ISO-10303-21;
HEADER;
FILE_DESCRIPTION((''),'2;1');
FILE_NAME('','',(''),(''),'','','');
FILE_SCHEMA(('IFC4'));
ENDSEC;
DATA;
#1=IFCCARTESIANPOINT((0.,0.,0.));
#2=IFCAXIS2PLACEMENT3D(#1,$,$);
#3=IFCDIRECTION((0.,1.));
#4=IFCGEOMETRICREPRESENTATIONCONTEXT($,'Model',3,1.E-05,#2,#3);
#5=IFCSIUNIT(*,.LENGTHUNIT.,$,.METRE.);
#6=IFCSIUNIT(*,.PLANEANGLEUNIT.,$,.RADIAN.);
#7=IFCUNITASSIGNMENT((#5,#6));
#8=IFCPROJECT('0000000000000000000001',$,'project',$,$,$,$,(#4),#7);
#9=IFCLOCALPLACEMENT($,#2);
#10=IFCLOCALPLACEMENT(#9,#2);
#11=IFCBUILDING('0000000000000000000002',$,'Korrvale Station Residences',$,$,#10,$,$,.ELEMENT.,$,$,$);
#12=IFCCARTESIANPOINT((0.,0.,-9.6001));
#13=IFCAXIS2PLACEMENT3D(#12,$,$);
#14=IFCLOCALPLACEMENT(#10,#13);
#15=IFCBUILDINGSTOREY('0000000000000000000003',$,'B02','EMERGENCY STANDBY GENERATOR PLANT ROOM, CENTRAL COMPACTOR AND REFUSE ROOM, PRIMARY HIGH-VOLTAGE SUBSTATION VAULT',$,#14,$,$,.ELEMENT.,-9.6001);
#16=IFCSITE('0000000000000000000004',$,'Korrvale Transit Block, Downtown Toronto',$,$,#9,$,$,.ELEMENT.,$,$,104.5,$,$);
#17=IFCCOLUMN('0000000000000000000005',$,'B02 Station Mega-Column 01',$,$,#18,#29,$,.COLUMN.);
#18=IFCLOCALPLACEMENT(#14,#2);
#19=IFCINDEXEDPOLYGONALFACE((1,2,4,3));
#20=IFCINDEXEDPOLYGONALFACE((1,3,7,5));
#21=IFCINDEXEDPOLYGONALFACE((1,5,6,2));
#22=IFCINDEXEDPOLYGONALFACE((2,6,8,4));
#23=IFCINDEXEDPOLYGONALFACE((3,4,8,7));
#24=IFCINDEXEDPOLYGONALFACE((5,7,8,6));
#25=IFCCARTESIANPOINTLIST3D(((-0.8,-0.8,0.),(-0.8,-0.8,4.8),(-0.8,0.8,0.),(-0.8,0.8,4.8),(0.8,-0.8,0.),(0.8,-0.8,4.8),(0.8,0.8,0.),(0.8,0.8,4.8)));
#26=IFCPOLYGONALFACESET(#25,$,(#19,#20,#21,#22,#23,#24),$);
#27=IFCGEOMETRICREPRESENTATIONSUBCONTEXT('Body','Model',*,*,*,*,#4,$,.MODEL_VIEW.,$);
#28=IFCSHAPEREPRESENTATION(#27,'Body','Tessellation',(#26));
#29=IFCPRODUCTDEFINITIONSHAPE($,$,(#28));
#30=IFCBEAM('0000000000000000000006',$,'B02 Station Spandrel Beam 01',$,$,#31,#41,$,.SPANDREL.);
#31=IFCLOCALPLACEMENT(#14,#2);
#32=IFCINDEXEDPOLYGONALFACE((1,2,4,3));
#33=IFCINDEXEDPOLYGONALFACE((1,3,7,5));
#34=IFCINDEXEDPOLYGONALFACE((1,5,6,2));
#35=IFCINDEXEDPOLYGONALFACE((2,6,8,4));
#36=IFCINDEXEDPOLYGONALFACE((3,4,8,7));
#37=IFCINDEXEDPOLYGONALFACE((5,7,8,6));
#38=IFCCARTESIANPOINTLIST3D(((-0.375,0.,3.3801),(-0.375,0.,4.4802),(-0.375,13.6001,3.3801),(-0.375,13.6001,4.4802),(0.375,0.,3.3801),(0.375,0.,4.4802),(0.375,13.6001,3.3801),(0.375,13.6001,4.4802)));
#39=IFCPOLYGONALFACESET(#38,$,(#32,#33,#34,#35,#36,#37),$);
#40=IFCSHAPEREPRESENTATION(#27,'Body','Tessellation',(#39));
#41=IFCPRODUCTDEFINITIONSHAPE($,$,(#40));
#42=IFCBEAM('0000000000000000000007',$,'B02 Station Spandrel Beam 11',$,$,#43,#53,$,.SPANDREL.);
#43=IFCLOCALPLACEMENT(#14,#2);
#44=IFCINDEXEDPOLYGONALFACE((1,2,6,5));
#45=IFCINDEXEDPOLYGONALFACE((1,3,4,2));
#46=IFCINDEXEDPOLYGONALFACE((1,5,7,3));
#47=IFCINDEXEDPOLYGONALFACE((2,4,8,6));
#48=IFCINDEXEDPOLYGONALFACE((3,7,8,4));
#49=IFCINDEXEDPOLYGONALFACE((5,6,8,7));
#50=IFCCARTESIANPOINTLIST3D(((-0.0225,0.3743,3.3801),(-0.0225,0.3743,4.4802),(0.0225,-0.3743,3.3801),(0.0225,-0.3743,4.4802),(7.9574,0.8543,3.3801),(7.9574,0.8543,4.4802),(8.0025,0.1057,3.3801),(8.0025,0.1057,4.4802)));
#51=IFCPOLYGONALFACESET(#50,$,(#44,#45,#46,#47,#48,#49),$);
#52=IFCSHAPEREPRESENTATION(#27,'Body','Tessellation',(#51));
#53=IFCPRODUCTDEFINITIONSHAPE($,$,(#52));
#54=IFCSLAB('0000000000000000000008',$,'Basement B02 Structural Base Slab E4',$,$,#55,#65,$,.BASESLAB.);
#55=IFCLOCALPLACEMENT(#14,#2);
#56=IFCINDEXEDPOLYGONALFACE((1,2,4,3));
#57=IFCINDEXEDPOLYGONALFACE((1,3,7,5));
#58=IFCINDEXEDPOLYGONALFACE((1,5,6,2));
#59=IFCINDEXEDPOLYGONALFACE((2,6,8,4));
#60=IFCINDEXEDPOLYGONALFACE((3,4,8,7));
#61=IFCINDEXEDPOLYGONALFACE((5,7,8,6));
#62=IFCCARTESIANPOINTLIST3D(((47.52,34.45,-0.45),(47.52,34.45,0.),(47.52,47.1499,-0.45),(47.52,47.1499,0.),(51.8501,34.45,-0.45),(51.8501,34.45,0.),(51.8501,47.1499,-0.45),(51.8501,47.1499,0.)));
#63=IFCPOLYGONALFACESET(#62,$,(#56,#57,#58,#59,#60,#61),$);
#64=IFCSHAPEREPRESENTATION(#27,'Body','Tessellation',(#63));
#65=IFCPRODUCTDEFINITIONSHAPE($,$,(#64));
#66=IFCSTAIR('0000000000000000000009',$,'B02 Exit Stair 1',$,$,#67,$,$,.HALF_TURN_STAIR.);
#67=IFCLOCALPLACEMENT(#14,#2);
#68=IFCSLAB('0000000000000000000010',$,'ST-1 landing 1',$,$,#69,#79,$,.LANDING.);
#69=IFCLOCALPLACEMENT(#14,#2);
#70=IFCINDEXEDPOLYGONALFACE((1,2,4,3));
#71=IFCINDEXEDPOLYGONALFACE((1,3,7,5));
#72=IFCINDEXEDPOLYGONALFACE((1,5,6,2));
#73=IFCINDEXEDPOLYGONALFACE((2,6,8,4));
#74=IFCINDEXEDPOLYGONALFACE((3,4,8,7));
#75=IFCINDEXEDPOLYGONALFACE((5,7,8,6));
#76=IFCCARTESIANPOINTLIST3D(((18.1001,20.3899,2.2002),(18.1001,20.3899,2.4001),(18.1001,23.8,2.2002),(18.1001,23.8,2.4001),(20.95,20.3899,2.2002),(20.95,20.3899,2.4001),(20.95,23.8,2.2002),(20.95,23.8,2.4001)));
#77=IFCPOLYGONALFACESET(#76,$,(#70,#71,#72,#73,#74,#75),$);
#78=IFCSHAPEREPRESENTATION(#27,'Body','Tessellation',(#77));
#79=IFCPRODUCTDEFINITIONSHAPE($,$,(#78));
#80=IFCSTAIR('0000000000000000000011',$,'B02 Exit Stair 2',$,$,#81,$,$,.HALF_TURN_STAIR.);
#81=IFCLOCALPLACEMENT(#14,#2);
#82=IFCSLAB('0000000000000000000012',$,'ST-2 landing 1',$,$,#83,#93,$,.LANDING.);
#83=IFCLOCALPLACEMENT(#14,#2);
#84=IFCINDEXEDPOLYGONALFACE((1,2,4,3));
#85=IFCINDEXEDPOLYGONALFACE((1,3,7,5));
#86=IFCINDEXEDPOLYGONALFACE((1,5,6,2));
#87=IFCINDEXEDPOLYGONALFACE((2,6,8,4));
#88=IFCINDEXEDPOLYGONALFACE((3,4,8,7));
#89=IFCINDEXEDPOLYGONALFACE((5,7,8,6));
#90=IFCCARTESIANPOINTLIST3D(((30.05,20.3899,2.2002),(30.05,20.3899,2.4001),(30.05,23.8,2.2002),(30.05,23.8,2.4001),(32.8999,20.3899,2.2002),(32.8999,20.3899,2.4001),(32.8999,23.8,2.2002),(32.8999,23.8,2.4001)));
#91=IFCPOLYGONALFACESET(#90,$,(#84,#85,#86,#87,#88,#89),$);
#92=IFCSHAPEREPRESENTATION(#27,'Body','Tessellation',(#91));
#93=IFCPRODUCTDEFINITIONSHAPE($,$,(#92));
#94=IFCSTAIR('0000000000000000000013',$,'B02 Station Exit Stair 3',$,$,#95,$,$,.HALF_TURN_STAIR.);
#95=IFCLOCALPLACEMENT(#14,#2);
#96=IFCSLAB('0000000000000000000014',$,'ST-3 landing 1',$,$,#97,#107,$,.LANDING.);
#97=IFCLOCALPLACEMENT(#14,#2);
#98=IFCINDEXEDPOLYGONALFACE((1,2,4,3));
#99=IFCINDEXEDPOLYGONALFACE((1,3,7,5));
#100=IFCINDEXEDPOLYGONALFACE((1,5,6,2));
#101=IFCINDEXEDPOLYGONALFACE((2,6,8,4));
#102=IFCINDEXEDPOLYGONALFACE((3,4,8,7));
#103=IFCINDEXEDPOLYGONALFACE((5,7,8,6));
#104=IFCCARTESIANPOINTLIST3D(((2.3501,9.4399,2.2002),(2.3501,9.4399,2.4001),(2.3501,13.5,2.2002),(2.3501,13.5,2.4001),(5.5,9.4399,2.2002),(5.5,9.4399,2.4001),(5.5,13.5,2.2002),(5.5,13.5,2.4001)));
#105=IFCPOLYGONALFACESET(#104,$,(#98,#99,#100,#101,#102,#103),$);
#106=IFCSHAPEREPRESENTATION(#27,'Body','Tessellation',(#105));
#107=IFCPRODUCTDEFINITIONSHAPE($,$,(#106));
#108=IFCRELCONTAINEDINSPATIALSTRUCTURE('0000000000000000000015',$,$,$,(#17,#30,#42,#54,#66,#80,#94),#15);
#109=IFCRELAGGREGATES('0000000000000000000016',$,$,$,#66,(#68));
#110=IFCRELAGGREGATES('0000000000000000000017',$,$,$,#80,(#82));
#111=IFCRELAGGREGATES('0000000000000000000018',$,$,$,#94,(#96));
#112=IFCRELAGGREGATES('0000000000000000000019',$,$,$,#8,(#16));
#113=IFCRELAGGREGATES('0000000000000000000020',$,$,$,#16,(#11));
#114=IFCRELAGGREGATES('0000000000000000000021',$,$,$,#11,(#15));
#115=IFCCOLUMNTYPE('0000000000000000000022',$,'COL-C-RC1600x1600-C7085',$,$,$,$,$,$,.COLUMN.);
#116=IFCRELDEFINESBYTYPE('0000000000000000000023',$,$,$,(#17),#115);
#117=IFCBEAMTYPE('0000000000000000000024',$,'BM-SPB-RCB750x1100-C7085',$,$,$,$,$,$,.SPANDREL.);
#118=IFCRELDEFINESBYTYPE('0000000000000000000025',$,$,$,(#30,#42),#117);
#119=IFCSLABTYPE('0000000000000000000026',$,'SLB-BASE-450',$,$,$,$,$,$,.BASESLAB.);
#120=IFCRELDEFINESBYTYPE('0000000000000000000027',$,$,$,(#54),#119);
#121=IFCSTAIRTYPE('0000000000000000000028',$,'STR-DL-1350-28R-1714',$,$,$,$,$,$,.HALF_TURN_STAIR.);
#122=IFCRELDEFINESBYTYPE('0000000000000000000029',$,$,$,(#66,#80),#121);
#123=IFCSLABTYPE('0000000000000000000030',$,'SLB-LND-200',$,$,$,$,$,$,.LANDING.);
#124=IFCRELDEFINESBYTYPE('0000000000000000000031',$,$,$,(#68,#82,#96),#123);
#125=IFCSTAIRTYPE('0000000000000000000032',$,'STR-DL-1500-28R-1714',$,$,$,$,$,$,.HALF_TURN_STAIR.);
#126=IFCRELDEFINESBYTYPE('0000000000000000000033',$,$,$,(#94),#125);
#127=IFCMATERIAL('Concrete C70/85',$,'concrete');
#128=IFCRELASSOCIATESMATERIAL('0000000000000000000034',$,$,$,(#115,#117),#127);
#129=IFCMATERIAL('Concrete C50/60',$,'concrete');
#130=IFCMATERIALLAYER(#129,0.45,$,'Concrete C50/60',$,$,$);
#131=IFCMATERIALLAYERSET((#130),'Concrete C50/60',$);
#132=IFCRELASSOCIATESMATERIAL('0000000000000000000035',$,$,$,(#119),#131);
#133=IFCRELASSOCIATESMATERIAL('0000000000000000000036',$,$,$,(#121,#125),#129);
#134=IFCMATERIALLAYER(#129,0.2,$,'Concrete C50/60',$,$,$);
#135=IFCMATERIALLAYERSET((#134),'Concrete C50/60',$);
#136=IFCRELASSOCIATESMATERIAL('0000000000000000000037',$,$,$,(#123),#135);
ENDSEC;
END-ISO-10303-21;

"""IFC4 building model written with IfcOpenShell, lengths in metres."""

from ifc_helpers import new_model, si_unit, direction, frame, origin, origin_with_axes, origin_2d, place, context, subcontext, project, spatial, polyline, rectangle, outline, extrude, material, layer, layer_set, material_profile, profile_set, type_object, element, aggregate, save


model = new_model("IFC4")

# Units and contexts
model_context = context("Model", 3, precision=1e-05, world=origin(), true_north=direction((0.0, 1.0)))
body_context = subcontext(model_context, "Body", "Model", "MODEL_VIEW")
ifc_project = project(units=[si_unit("LENGTHUNIT", "METRE"), si_unit("PLANEANGLEUNIT", "RADIAN")], contexts=[model_context])

# Site, building, storey
site_placement = place(None, origin())
site = spatial("IfcSite", under=ifc_project, at=site_placement, Name="Korrvale Transit Block, Downtown Toronto", CompositionType="ELEMENT", RefElevation=104.5)
building_placement = place(site_placement, origin())
building = spatial("IfcBuilding", under=site, at=building_placement, Name="Korrvale Station Residences", CompositionType="ELEMENT")
storey_placement = place(building_placement, frame((0.0, 0.0, -9.6001)))
storey = spatial("IfcBuildingStorey", under=building, at=storey_placement, Name="B02", Description="EMERGENCY STANDBY GENERATOR PLANT ROOM, CENTRAL COMPACTOR AND REFUSE ROOM, PRIMARY HIGH-VOLTAGE SUBSTATION VAULT", CompositionType="ELEMENT", Elevation=-9.6001)

# Shared definitions
ifc_material_1 = material(Name="Concrete C50/60", Category="concrete")

# Column
ifc_material_2 = material(Name="Concrete C70/85", Category="concrete")
ifc_material_profile_1 = material_profile(ifc_material_2, rectangle(XDim=1.6001, YDim=1.6001, at=origin_2d()), Name="RC1600x1600")
ifc_profile_set_1 = profile_set([ifc_material_profile_1], Name="Concrete C70/85")
column_type = type_object("IfcColumnType", Name="COL-C-RC1600x1600-C7085", PredefinedType="COLUMN", material=ifc_profile_set_1)
column_placement = place(storey_placement, origin_with_axes())
element("IfcColumn", 1, at=column_placement, inside=storey, type_object=column_type, Name="B02 Station Mega-Column 01", PredefinedType="COLUMN", context=body_context, shape_type="SweptSolid", body=[
    extrude(rectangle(XDim=1.6001, YDim=1.6001, at=origin_2d()), origin(), (0.0, 0.0, 1.0), 4.8),
])

# Beams
ifc_material_profile_2 = material_profile(ifc_material_2, rectangle(XDim=0.75, YDim=1.1001, at=origin_2d()), Name="RCB750x1100")
ifc_profile_set_2 = profile_set([ifc_material_profile_2], Name="Concrete C70/85")
beam_type = type_object("IfcBeamType", Name="BM-SPB-RCB750x1100-C7085", PredefinedType="SPANDREL", material=ifc_profile_set_2)
beam_1_placement = place(storey_placement, frame((0.0, 0.0, 3.9302), z_axis=(0.0, 1.0, 0.0), x_axis=(-1.0, 0.0, 0.0)))
element("IfcBeam", 2, at=beam_1_placement, inside=storey, type_object=beam_type, Name="B02 Station Spandrel Beam 01", PredefinedType="SPANDREL", context=body_context, shape_type="SweptSolid", body=[
    extrude(rectangle(XDim=0.75, YDim=1.1001, at=origin_2d()), origin(), (0.0, 0.0, 1.0), 13.6001),
])
beam_2_placement = place(storey_placement, frame((0.0, 0.0, 3.9302), z_axis=(0.998196, 0.06004, 0.0), x_axis=(-0.06004, 0.998196, 0.0)))
element("IfcBeam", 3, at=beam_2_placement, inside=storey, type_object=beam_type, Name="B02 Station Spandrel Beam 11", PredefinedType="SPANDREL", context=body_context, shape_type="SweptSolid", body=[
    extrude(rectangle(XDim=0.75, YDim=1.1001, at=origin_2d()), origin(), (0.0, 0.0, 1.0), 7.9944),
])

# Slab
ifc_layer_1 = layer(ifc_material_1, 0.45, Name="Concrete C50/60")
ifc_layer_set_1 = layer_set([ifc_layer_1], Name="Concrete C50/60")
slab_type_1 = type_object("IfcSlabType", Name="SLB-BASE-450", PredefinedType="BASESLAB", material=ifc_layer_set_1)
slab_1_placement = place(storey_placement, frame((0.0, 0.0, -0.45)))
element("IfcSlab", 4, at=slab_1_placement, inside=storey, type_object=slab_type_1, Name="Basement B02 Structural Base Slab E4", PredefinedType="BASESLAB", context=body_context, shape_type="SweptSolid", body=[
    extrude(outline(polyline([(47.52, 34.45), (51.8501, 34.45), (51.8501, 47.1499), (47.52, 47.1499), (47.52, 34.45)])), origin(), (0.0, 0.0, 1.0), 0.45),
])

# Stairs, slabs
stair_type_1 = type_object("IfcStairType", Name="STR-DL-1350-28R-1714", PredefinedType="HALF_TURN_STAIR", material=ifc_material_1)
stair_1_placement = place(storey_placement, origin())
stair_1 = element("IfcStair", 5, at=stair_1_placement, inside=storey, type_object=stair_type_1, Name="B02 Exit Stair 1", PredefinedType="HALF_TURN_STAIR")
ifc_layer_2 = layer(ifc_material_1, 0.2, Name="Concrete C50/60")
ifc_layer_set_2 = layer_set([ifc_layer_2], Name="Concrete C50/60")
slab_type_2 = type_object("IfcSlabType", Name="SLB-LND-200", PredefinedType="LANDING", material=ifc_layer_set_2)
slab_2_placement = place(storey_placement, frame((0.0, 0.0, 2.2002)))
slab_2 = element("IfcSlab", 6, at=slab_2_placement, type_object=slab_type_2, Name="ST-1 landing 1", PredefinedType="LANDING", context=body_context, shape_type="SweptSolid", body=[
    extrude(outline(polyline([(20.95, 20.3899), (20.95, 23.8), (18.1001, 23.8), (18.1001, 20.3899), (20.95, 20.3899)])), origin(), (0.0, 0.0, 1.0), 0.2),
])
aggregate(stair_1, [slab_2])
stair_2_placement = place(storey_placement, origin())
stair_2 = element("IfcStair", 7, at=stair_2_placement, inside=storey, type_object=stair_type_1, Name="B02 Exit Stair 2", PredefinedType="HALF_TURN_STAIR")
slab_3_placement = place(storey_placement, frame((0.0, 0.0, 2.2002)))
slab_3 = element("IfcSlab", 8, at=slab_3_placement, type_object=slab_type_2, Name="ST-2 landing 1", PredefinedType="LANDING", context=body_context, shape_type="SweptSolid", body=[
    extrude(outline(polyline([(32.8999, 20.3899), (32.8999, 23.8), (30.05, 23.8), (30.05, 20.3899), (32.8999, 20.3899)])), origin(), (0.0, 0.0, 1.0), 0.2),
])
aggregate(stair_2, [slab_3])
stair_type_2 = type_object("IfcStairType", Name="STR-DL-1500-28R-1714", PredefinedType="HALF_TURN_STAIR", material=ifc_material_1)
stair_3_placement = place(storey_placement, origin())
stair_3 = element("IfcStair", 9, at=stair_3_placement, inside=storey, type_object=stair_type_2, Name="B02 Station Exit Stair 3", PredefinedType="HALF_TURN_STAIR")
slab_4_placement = place(storey_placement, frame((0.0, 0.0, 2.2002)))
slab_4 = element("IfcSlab", 10, at=slab_4_placement, type_object=slab_type_2, Name="ST-3 landing 1", PredefinedType="LANDING", context=body_context, shape_type="SweptSolid", body=[
    extrude(outline(polyline([(5.5, 9.4399), (5.5, 13.5), (2.3501, 13.5), (2.3501, 9.4399), (5.5, 9.4399)])), origin(), (0.0, 0.0, 1.0), 0.2),
])
aggregate(stair_3, [slab_4])

save(model, "model.ifc")
